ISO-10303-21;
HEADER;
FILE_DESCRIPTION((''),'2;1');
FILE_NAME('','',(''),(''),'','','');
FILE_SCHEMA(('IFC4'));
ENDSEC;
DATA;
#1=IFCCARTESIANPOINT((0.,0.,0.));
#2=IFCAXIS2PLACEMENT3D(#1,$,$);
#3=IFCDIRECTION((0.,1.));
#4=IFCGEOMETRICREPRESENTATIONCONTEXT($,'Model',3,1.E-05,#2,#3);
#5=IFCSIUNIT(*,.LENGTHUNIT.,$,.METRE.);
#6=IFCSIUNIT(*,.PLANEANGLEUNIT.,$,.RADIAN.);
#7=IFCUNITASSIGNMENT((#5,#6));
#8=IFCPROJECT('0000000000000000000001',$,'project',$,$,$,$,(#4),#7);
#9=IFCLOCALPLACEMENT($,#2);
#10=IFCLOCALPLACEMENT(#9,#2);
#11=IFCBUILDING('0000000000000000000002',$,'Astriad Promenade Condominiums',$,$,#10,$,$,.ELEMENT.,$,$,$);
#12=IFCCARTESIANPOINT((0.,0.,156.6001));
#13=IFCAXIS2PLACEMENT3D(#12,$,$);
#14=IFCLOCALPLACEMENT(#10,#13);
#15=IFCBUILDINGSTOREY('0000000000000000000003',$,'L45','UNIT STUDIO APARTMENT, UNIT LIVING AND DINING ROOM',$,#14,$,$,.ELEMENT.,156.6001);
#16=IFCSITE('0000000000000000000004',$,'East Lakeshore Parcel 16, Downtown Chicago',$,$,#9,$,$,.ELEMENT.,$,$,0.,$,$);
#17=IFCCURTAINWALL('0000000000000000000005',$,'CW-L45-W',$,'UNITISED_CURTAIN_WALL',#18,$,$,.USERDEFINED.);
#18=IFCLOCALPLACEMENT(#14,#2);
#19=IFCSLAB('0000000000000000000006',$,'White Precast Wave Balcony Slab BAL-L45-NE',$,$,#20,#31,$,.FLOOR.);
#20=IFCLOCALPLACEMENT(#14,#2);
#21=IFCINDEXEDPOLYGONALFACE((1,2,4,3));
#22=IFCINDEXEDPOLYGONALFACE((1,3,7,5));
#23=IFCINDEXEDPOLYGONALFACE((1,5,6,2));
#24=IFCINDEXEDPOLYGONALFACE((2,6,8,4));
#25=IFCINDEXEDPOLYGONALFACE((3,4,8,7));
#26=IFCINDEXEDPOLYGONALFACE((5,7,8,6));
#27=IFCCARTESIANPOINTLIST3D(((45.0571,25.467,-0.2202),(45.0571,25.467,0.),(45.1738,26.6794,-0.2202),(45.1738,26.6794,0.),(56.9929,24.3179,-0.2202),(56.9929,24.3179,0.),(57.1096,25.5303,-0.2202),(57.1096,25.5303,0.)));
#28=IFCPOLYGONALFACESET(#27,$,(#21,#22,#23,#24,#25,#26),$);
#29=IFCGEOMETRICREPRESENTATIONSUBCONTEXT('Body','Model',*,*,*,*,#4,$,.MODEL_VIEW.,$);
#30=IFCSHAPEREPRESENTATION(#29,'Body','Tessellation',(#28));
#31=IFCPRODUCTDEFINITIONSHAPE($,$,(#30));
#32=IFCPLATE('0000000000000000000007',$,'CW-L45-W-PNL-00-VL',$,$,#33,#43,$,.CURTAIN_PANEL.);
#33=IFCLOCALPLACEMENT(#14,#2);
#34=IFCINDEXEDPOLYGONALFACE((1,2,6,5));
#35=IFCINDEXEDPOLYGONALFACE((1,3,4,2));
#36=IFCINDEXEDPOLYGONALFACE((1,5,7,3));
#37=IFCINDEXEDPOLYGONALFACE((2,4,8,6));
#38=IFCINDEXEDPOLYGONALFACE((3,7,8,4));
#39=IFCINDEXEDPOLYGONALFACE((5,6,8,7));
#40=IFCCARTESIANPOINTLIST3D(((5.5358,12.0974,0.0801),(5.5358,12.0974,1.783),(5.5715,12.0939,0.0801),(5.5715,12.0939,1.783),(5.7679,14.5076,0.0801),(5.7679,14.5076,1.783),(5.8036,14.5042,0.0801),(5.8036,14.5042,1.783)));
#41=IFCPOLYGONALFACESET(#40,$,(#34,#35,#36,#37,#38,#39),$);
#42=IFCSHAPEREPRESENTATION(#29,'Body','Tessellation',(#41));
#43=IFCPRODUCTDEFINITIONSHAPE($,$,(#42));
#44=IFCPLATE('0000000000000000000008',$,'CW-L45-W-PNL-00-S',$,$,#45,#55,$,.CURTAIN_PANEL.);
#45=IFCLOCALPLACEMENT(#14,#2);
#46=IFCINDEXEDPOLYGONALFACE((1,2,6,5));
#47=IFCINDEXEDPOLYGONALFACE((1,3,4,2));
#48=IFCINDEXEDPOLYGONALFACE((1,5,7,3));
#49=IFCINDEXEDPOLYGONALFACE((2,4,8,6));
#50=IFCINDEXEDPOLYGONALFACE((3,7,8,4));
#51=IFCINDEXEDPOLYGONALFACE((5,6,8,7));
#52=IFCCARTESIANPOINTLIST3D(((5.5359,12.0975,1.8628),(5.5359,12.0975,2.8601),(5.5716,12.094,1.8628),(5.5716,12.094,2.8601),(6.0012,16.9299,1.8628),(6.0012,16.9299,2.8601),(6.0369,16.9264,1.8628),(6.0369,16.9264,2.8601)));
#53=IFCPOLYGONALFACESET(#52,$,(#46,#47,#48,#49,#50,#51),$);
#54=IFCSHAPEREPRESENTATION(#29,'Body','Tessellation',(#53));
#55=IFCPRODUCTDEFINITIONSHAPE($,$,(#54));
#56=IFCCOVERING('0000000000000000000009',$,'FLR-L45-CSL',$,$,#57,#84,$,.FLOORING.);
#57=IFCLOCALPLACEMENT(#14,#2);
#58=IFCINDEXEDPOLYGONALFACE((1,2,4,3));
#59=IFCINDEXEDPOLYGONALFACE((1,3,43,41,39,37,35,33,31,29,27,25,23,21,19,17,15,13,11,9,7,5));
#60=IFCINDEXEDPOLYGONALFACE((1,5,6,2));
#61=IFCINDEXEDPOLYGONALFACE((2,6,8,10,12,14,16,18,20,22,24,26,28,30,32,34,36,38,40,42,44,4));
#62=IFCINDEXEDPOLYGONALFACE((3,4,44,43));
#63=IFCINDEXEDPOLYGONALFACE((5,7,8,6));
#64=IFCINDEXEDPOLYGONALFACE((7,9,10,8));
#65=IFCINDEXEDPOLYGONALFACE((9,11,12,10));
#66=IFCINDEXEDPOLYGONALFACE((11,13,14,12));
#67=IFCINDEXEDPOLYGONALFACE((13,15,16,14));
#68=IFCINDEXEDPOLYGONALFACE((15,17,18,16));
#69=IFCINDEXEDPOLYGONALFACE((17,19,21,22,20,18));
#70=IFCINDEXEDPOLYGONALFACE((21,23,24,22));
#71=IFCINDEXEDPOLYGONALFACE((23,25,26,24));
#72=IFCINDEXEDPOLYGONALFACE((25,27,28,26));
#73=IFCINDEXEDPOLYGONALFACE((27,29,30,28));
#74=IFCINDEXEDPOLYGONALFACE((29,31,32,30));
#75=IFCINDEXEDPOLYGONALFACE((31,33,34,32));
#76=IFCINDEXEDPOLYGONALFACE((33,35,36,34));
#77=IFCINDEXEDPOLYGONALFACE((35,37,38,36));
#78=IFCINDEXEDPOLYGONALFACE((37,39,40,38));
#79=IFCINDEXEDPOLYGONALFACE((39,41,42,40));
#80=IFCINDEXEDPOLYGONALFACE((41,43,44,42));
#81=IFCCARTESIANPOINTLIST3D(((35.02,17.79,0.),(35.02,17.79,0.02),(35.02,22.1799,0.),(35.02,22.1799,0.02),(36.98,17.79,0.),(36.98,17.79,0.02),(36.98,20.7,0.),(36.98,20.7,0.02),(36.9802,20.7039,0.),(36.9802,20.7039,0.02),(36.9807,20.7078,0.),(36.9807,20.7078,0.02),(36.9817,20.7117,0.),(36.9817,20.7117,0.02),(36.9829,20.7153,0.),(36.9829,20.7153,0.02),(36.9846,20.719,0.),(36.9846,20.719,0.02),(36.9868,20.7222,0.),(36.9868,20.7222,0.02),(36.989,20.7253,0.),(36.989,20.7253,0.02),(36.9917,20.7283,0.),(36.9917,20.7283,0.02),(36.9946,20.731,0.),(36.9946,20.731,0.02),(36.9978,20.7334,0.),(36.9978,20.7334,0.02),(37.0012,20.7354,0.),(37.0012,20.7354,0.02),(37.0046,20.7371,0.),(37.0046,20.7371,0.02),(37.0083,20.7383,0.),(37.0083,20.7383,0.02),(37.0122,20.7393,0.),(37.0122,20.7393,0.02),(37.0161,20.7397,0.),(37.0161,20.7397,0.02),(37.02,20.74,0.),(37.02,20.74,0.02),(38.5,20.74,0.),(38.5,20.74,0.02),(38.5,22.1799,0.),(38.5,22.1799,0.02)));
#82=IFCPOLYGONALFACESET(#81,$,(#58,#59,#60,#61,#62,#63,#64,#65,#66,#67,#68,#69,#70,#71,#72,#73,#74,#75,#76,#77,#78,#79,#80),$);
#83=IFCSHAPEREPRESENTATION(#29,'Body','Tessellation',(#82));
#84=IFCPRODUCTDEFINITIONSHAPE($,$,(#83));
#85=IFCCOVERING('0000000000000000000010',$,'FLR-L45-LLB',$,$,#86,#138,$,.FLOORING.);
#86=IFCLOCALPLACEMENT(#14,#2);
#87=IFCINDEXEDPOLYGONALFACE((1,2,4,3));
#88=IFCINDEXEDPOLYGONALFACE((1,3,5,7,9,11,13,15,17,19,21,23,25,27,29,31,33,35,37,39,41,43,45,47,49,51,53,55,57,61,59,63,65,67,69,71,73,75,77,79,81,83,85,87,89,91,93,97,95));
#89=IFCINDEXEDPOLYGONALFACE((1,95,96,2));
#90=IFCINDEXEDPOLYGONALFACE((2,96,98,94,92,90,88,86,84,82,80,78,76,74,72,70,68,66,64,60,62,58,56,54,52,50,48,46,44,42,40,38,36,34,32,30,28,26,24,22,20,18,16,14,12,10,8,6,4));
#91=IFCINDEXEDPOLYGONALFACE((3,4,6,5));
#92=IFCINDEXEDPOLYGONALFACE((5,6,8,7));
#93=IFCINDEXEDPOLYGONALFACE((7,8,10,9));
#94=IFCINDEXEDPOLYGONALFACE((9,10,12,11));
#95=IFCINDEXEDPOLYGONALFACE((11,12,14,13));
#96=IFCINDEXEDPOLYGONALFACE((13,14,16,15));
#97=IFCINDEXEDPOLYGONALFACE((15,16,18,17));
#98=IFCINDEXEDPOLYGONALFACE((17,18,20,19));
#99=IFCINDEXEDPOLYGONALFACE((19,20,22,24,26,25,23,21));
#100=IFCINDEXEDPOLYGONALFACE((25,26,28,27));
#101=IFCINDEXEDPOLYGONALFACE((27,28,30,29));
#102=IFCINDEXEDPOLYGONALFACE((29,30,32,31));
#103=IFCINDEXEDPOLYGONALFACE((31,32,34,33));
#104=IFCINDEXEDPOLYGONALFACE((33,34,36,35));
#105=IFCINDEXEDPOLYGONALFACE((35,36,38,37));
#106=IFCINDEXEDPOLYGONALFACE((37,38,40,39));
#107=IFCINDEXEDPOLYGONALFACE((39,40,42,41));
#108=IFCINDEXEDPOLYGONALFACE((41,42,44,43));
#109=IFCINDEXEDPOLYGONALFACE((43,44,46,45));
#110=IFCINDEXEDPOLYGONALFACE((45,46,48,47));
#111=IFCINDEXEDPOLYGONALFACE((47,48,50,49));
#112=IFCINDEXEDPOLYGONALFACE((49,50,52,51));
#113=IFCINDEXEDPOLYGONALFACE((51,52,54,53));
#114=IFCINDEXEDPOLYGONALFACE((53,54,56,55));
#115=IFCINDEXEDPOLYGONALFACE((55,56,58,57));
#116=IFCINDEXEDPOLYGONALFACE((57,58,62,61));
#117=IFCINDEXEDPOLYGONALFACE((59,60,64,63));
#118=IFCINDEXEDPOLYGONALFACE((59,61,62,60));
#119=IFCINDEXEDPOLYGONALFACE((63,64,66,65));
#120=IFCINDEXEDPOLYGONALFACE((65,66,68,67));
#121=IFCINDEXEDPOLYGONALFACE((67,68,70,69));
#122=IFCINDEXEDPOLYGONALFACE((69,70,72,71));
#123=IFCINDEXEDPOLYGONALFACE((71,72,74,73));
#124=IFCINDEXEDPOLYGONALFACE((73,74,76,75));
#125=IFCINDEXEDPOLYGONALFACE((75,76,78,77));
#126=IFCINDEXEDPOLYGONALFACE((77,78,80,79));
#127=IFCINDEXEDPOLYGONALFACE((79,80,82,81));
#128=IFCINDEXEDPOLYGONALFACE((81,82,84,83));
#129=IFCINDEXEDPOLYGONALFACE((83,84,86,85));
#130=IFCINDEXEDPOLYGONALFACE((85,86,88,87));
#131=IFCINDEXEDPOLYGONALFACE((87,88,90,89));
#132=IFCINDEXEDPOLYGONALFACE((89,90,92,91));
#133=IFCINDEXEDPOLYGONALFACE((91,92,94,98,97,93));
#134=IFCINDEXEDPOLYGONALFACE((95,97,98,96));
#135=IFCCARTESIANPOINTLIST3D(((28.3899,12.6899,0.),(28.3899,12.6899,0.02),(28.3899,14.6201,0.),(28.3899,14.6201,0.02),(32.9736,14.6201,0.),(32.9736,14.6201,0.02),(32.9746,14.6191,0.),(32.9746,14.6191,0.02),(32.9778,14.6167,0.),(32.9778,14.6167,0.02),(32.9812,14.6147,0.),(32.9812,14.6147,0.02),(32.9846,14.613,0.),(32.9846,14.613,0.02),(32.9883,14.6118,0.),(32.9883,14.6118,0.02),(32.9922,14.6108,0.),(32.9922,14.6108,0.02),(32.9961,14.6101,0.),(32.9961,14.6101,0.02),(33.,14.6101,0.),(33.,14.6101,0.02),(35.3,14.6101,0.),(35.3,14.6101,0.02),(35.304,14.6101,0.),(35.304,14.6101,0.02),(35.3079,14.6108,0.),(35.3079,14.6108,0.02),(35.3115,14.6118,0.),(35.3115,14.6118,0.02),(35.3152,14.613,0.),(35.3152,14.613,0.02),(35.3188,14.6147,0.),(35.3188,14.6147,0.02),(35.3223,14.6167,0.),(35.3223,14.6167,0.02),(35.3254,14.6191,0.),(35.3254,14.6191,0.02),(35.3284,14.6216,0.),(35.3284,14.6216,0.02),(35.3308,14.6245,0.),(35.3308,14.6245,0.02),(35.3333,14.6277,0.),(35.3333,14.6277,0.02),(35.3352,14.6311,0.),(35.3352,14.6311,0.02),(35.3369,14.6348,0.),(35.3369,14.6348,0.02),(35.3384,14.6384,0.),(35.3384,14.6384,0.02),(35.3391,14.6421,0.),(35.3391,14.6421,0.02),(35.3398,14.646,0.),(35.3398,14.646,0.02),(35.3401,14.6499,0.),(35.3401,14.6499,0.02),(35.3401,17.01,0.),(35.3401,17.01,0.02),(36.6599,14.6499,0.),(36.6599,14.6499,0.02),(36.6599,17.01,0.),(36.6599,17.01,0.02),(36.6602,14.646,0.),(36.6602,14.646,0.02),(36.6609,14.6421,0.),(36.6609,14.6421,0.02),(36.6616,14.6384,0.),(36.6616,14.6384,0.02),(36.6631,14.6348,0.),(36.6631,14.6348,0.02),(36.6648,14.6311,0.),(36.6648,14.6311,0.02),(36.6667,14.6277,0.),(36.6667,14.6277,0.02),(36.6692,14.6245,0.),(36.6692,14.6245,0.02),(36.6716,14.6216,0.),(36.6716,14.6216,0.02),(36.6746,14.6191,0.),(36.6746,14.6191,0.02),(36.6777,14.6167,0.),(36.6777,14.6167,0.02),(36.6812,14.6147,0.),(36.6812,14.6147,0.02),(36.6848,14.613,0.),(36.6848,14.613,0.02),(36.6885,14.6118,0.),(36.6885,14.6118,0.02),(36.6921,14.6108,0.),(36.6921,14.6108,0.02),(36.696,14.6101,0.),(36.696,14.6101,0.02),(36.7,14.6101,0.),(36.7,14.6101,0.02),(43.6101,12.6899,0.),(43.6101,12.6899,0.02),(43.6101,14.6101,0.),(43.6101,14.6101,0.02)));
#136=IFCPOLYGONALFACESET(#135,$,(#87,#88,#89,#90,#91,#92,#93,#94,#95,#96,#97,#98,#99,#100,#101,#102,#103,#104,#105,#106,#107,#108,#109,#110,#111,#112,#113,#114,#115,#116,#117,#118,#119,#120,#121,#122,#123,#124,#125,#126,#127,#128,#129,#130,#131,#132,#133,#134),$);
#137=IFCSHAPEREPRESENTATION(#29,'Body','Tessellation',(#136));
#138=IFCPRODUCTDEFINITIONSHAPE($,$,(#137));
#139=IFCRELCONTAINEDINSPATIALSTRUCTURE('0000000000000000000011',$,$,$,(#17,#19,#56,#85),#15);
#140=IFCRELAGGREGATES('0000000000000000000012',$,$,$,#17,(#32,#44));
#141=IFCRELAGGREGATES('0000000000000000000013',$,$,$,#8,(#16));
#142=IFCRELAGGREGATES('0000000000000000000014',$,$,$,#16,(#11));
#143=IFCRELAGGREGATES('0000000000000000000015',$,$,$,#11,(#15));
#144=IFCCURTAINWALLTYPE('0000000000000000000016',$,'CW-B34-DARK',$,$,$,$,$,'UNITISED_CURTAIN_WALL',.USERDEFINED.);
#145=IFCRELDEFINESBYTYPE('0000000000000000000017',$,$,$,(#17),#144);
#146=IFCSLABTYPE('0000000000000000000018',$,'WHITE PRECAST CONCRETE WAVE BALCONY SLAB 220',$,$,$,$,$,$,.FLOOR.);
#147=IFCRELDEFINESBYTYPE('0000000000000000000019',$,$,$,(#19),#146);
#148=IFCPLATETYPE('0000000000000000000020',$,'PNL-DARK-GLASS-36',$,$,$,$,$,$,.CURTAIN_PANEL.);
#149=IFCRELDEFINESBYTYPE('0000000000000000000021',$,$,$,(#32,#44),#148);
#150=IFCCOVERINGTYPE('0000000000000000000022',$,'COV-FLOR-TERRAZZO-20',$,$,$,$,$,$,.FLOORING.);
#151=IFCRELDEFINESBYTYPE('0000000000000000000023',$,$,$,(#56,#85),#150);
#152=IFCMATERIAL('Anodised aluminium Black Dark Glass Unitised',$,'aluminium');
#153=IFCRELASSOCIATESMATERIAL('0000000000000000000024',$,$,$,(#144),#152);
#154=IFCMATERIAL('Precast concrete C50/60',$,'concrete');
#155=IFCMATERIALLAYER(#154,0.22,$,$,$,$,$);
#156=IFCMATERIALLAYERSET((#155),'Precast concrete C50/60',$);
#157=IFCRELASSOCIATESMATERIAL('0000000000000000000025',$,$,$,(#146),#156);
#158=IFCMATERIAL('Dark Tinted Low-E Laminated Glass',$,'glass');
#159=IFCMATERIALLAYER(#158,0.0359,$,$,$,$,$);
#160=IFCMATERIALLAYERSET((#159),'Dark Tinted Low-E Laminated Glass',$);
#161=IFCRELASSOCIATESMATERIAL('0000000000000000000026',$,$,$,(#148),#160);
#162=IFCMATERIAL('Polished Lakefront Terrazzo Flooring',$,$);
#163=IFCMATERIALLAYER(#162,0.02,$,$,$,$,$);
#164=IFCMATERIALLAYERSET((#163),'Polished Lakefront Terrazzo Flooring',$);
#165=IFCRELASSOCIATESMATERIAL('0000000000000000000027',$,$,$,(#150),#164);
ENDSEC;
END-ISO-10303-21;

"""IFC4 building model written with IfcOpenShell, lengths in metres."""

from ifc_helpers import new_model, si_unit, direction, frame, origin, origin_2d, place, context, subcontext, project, spatial, polyline, rectangle, outline, extrude, source, transform, mapped, material, layer, layer_set, type_object, type_shapes, element, aggregate, save


model = new_model("IFC4")

# Units and contexts
model_context = context("Model", 3, precision=1e-05, world=origin(), true_north=direction((0.0, 1.0)))
body_context = subcontext(model_context, "Body", "Model", "MODEL_VIEW")
ifc_project = project(units=[si_unit("LENGTHUNIT", "METRE"), si_unit("PLANEANGLEUNIT", "RADIAN")], contexts=[model_context])

# Site, building, storey
site_placement = place(None, origin())
site = spatial("IfcSite", under=ifc_project, at=site_placement, Name="East Lakeshore Parcel 16, Downtown Chicago", CompositionType="ELEMENT", RefElevation=0.0)
building_placement = place(site_placement, origin())
building = spatial("IfcBuilding", under=site, at=building_placement, Name="Astriad Promenade Condominiums", CompositionType="ELEMENT")
storey_placement = place(building_placement, frame((0.0, 0.0, 156.6001)))
storey = spatial("IfcBuildingStorey", under=building, at=storey_placement, Name="L45", Description="UNIT STUDIO APARTMENT, UNIT LIVING AND DINING ROOM", CompositionType="ELEMENT", Elevation=156.6001)

# Curtain wall
ifc_material_1 = material(Name="Anodised aluminium Black Dark Glass Unitised", Category="aluminium")
curtain_wall_type = type_object("IfcCurtainWallType", Name="CW-B34-DARK", ElementType="UNITISED_CURTAIN_WALL", PredefinedType="USERDEFINED", material=ifc_material_1)
curtain_wall_placement = place(storey_placement, origin())
curtain_wall = element("IfcCurtainWall", 1, at=curtain_wall_placement, inside=storey, type_object=curtain_wall_type, Name="CW-L45-W", ObjectType="UNITISED_CURTAIN_WALL", PredefinedType="USERDEFINED")

# Slab
ifc_material_2 = material(Name="Precast concrete C50/60", Category="concrete")
ifc_layer_1 = layer(ifc_material_2, 0.22)
ifc_layer_set_1 = layer_set([ifc_layer_1], Name="Precast concrete C50/60")
slab_type_1 = type_object("IfcSlabType", Name="WHITE PRECAST CONCRETE WAVE BALCONY SLAB 220", PredefinedType="FLOOR", material=ifc_layer_set_1)
slab_1_placement = place(storey_placement, frame((0.0, 0.0, -0.2202)))
element("IfcSlab", 2, at=slab_1_placement, inside=storey, type_object=slab_type_1, Name="White Precast Wave Balcony Slab BAL-L45-NE", PredefinedType="FLOOR", context=body_context, shape_type="SweptSolid", body=[
    extrude(outline(polyline([(45.1738, 26.6794), (57.1096, 25.5303), (56.9929, 24.3179), (45.0571, 25.467), (45.1738, 26.6794)])), origin(), (0.0, 0.0, 1.0), 0.2202),
])

# Plates
ifc_material_3 = material(Name="Dark Tinted Low-E Laminated Glass", Category="glass")
ifc_layer_2 = layer(ifc_material_3, 0.0359)
ifc_layer_set_2 = layer_set([ifc_layer_2], Name="Dark Tinted Low-E Laminated Glass")
plate_type = type_object("IfcPlateType", Name="PNL-DARK-GLASS-36", PredefinedType="CURTAIN_PANEL", material=ifc_layer_set_2)
shared_shape_1 = source(origin(), body_context, "Body", "SweptSolid", [
    extrude(rectangle(XDim=2.4214, YDim=0.0359, at=origin_2d()), origin(), (0.0, 0.0, 1.0), 1.7029),
])
plate_1_placement = place(storey_placement, frame((5.6697, 13.3008, 0.0801), z_axis=(0.0, 0.0, 1.0), x_axis=(0.095846, 0.995396, 0.0)))
plate_1 = element("IfcPlate", 3, at=plate_1_placement, type_object=plate_type, Name="CW-L45-W-PNL-00-VL", PredefinedType="CURTAIN_PANEL", context=body_context, shape_type="MappedRepresentation", body=[
    mapped(shared_shape_1, transform((0.0, 0.0, 0.0), scale=1.0)),
])
shared_shape_2 = source(origin(), body_context, "Body", "SweptSolid", [
    extrude(rectangle(XDim=4.8547, YDim=0.0359, at=origin_2d()), origin(), (0.0, 0.0, 1.0), 0.9973),
])
type_shapes(plate_type, [shared_shape_1, shared_shape_2])
plate_2_placement = place(storey_placement, frame((5.7864, 14.512, 1.8628), z_axis=(0.0, 0.0, 1.0), x_axis=(0.095846, 0.995396, 0.0)))
plate_2 = element("IfcPlate", 4, at=plate_2_placement, type_object=plate_type, Name="CW-L45-W-PNL-00-S", PredefinedType="CURTAIN_PANEL", context=body_context, shape_type="MappedRepresentation", body=[
    mapped(shared_shape_2, transform((0.0, 0.0, 0.0), scale=1.0)),
])
aggregate(curtain_wall, [plate_1, plate_2])

# Coverings
ifc_material_4 = material(Name="Polished Lakefront Terrazzo Flooring")
ifc_layer_3 = layer(ifc_material_4, 0.02)
ifc_layer_set_3 = layer_set([ifc_layer_3], Name="Polished Lakefront Terrazzo Flooring")
covering_type = type_object("IfcCoveringType", Name="COV-FLOR-TERRAZZO-20", PredefinedType="FLOORING", material=ifc_layer_set_3)
covering_1_placement = place(storey_placement, origin())
element("IfcCovering", 5, at=covering_1_placement, inside=storey, type_object=covering_type, Name="FLR-L45-CSL", PredefinedType="FLOORING", context=body_context, shape_type="SweptSolid", body=[
    extrude(outline(polyline([(36.98, 20.7), (36.98, 17.79), (35.02, 17.79), (35.02, 22.1799), (38.5, 22.1799), (38.5, 20.74), (37.02, 20.74), (37.0161, 20.7397), (37.0122, 20.7393), (37.0083, 20.7383), (37.0046, 20.7371), (37.0012, 20.7354), (36.9978, 20.7334), (36.9946, 20.731), (36.9917, 20.7283), (36.989, 20.7253), (36.9868, 20.7222), (36.9846, 20.719), (36.9829, 20.7153), (36.9817, 20.7117), (36.9807, 20.7078), (36.9802, 20.7039), (36.98, 20.7)])), origin(), (0.0, 0.0, 1.0), 0.02),
])
covering_2_placement = place(storey_placement, origin())
element("IfcCovering", 6, at=covering_2_placement, inside=storey, type_object=covering_type, Name="FLR-L45-LLB", PredefinedType="FLOORING", context=body_context, shape_type="SweptSolid", body=[
    extrude(outline(polyline([(32.9736, 14.6201), (32.9746, 14.6191), (32.9778, 14.6167), (32.9812, 14.6147), (32.9846, 14.613), (32.9883, 14.6118), (32.9922, 14.6108), (32.9961, 14.6101), (33.0, 14.6101), (35.3, 14.6101), (35.304, 14.6101), (35.3079, 14.6108), (35.3115, 14.6118), (35.3152, 14.613), (35.3188, 14.6147), (35.3223, 14.6167), (35.3254, 14.6191), (35.3284, 14.6216), (35.3308, 14.6245), (35.3333, 14.6277), (35.3352, 14.6311), (35.3369, 14.6348), (35.3384, 14.6384), (35.3391, 14.6421), (35.3398, 14.646), (35.3401, 14.6499), (35.3401, 17.01), (36.6599, 17.01), (36.6599, 14.6499), (36.6602, 14.646), (36.6609, 14.6421), (36.6616, 14.6384), (36.6631, 14.6348), (36.6648, 14.6311), (36.6667, 14.6277), (36.6692, 14.6245), (36.6716, 14.6216), (36.6746, 14.6191), (36.6777, 14.6167), (36.6812, 14.6147), (36.6848, 14.613), (36.6885, 14.6118), (36.6921, 14.6108), (36.696, 14.6101), (36.7, 14.6101), (43.6101, 14.6101), (43.6101, 12.6899), (28.3899, 12.6899), (28.3899, 14.6201), (32.9736, 14.6201)])), origin(), (0.0, 0.0, 1.0), 0.02),
])

save(model, "model.ifc")
